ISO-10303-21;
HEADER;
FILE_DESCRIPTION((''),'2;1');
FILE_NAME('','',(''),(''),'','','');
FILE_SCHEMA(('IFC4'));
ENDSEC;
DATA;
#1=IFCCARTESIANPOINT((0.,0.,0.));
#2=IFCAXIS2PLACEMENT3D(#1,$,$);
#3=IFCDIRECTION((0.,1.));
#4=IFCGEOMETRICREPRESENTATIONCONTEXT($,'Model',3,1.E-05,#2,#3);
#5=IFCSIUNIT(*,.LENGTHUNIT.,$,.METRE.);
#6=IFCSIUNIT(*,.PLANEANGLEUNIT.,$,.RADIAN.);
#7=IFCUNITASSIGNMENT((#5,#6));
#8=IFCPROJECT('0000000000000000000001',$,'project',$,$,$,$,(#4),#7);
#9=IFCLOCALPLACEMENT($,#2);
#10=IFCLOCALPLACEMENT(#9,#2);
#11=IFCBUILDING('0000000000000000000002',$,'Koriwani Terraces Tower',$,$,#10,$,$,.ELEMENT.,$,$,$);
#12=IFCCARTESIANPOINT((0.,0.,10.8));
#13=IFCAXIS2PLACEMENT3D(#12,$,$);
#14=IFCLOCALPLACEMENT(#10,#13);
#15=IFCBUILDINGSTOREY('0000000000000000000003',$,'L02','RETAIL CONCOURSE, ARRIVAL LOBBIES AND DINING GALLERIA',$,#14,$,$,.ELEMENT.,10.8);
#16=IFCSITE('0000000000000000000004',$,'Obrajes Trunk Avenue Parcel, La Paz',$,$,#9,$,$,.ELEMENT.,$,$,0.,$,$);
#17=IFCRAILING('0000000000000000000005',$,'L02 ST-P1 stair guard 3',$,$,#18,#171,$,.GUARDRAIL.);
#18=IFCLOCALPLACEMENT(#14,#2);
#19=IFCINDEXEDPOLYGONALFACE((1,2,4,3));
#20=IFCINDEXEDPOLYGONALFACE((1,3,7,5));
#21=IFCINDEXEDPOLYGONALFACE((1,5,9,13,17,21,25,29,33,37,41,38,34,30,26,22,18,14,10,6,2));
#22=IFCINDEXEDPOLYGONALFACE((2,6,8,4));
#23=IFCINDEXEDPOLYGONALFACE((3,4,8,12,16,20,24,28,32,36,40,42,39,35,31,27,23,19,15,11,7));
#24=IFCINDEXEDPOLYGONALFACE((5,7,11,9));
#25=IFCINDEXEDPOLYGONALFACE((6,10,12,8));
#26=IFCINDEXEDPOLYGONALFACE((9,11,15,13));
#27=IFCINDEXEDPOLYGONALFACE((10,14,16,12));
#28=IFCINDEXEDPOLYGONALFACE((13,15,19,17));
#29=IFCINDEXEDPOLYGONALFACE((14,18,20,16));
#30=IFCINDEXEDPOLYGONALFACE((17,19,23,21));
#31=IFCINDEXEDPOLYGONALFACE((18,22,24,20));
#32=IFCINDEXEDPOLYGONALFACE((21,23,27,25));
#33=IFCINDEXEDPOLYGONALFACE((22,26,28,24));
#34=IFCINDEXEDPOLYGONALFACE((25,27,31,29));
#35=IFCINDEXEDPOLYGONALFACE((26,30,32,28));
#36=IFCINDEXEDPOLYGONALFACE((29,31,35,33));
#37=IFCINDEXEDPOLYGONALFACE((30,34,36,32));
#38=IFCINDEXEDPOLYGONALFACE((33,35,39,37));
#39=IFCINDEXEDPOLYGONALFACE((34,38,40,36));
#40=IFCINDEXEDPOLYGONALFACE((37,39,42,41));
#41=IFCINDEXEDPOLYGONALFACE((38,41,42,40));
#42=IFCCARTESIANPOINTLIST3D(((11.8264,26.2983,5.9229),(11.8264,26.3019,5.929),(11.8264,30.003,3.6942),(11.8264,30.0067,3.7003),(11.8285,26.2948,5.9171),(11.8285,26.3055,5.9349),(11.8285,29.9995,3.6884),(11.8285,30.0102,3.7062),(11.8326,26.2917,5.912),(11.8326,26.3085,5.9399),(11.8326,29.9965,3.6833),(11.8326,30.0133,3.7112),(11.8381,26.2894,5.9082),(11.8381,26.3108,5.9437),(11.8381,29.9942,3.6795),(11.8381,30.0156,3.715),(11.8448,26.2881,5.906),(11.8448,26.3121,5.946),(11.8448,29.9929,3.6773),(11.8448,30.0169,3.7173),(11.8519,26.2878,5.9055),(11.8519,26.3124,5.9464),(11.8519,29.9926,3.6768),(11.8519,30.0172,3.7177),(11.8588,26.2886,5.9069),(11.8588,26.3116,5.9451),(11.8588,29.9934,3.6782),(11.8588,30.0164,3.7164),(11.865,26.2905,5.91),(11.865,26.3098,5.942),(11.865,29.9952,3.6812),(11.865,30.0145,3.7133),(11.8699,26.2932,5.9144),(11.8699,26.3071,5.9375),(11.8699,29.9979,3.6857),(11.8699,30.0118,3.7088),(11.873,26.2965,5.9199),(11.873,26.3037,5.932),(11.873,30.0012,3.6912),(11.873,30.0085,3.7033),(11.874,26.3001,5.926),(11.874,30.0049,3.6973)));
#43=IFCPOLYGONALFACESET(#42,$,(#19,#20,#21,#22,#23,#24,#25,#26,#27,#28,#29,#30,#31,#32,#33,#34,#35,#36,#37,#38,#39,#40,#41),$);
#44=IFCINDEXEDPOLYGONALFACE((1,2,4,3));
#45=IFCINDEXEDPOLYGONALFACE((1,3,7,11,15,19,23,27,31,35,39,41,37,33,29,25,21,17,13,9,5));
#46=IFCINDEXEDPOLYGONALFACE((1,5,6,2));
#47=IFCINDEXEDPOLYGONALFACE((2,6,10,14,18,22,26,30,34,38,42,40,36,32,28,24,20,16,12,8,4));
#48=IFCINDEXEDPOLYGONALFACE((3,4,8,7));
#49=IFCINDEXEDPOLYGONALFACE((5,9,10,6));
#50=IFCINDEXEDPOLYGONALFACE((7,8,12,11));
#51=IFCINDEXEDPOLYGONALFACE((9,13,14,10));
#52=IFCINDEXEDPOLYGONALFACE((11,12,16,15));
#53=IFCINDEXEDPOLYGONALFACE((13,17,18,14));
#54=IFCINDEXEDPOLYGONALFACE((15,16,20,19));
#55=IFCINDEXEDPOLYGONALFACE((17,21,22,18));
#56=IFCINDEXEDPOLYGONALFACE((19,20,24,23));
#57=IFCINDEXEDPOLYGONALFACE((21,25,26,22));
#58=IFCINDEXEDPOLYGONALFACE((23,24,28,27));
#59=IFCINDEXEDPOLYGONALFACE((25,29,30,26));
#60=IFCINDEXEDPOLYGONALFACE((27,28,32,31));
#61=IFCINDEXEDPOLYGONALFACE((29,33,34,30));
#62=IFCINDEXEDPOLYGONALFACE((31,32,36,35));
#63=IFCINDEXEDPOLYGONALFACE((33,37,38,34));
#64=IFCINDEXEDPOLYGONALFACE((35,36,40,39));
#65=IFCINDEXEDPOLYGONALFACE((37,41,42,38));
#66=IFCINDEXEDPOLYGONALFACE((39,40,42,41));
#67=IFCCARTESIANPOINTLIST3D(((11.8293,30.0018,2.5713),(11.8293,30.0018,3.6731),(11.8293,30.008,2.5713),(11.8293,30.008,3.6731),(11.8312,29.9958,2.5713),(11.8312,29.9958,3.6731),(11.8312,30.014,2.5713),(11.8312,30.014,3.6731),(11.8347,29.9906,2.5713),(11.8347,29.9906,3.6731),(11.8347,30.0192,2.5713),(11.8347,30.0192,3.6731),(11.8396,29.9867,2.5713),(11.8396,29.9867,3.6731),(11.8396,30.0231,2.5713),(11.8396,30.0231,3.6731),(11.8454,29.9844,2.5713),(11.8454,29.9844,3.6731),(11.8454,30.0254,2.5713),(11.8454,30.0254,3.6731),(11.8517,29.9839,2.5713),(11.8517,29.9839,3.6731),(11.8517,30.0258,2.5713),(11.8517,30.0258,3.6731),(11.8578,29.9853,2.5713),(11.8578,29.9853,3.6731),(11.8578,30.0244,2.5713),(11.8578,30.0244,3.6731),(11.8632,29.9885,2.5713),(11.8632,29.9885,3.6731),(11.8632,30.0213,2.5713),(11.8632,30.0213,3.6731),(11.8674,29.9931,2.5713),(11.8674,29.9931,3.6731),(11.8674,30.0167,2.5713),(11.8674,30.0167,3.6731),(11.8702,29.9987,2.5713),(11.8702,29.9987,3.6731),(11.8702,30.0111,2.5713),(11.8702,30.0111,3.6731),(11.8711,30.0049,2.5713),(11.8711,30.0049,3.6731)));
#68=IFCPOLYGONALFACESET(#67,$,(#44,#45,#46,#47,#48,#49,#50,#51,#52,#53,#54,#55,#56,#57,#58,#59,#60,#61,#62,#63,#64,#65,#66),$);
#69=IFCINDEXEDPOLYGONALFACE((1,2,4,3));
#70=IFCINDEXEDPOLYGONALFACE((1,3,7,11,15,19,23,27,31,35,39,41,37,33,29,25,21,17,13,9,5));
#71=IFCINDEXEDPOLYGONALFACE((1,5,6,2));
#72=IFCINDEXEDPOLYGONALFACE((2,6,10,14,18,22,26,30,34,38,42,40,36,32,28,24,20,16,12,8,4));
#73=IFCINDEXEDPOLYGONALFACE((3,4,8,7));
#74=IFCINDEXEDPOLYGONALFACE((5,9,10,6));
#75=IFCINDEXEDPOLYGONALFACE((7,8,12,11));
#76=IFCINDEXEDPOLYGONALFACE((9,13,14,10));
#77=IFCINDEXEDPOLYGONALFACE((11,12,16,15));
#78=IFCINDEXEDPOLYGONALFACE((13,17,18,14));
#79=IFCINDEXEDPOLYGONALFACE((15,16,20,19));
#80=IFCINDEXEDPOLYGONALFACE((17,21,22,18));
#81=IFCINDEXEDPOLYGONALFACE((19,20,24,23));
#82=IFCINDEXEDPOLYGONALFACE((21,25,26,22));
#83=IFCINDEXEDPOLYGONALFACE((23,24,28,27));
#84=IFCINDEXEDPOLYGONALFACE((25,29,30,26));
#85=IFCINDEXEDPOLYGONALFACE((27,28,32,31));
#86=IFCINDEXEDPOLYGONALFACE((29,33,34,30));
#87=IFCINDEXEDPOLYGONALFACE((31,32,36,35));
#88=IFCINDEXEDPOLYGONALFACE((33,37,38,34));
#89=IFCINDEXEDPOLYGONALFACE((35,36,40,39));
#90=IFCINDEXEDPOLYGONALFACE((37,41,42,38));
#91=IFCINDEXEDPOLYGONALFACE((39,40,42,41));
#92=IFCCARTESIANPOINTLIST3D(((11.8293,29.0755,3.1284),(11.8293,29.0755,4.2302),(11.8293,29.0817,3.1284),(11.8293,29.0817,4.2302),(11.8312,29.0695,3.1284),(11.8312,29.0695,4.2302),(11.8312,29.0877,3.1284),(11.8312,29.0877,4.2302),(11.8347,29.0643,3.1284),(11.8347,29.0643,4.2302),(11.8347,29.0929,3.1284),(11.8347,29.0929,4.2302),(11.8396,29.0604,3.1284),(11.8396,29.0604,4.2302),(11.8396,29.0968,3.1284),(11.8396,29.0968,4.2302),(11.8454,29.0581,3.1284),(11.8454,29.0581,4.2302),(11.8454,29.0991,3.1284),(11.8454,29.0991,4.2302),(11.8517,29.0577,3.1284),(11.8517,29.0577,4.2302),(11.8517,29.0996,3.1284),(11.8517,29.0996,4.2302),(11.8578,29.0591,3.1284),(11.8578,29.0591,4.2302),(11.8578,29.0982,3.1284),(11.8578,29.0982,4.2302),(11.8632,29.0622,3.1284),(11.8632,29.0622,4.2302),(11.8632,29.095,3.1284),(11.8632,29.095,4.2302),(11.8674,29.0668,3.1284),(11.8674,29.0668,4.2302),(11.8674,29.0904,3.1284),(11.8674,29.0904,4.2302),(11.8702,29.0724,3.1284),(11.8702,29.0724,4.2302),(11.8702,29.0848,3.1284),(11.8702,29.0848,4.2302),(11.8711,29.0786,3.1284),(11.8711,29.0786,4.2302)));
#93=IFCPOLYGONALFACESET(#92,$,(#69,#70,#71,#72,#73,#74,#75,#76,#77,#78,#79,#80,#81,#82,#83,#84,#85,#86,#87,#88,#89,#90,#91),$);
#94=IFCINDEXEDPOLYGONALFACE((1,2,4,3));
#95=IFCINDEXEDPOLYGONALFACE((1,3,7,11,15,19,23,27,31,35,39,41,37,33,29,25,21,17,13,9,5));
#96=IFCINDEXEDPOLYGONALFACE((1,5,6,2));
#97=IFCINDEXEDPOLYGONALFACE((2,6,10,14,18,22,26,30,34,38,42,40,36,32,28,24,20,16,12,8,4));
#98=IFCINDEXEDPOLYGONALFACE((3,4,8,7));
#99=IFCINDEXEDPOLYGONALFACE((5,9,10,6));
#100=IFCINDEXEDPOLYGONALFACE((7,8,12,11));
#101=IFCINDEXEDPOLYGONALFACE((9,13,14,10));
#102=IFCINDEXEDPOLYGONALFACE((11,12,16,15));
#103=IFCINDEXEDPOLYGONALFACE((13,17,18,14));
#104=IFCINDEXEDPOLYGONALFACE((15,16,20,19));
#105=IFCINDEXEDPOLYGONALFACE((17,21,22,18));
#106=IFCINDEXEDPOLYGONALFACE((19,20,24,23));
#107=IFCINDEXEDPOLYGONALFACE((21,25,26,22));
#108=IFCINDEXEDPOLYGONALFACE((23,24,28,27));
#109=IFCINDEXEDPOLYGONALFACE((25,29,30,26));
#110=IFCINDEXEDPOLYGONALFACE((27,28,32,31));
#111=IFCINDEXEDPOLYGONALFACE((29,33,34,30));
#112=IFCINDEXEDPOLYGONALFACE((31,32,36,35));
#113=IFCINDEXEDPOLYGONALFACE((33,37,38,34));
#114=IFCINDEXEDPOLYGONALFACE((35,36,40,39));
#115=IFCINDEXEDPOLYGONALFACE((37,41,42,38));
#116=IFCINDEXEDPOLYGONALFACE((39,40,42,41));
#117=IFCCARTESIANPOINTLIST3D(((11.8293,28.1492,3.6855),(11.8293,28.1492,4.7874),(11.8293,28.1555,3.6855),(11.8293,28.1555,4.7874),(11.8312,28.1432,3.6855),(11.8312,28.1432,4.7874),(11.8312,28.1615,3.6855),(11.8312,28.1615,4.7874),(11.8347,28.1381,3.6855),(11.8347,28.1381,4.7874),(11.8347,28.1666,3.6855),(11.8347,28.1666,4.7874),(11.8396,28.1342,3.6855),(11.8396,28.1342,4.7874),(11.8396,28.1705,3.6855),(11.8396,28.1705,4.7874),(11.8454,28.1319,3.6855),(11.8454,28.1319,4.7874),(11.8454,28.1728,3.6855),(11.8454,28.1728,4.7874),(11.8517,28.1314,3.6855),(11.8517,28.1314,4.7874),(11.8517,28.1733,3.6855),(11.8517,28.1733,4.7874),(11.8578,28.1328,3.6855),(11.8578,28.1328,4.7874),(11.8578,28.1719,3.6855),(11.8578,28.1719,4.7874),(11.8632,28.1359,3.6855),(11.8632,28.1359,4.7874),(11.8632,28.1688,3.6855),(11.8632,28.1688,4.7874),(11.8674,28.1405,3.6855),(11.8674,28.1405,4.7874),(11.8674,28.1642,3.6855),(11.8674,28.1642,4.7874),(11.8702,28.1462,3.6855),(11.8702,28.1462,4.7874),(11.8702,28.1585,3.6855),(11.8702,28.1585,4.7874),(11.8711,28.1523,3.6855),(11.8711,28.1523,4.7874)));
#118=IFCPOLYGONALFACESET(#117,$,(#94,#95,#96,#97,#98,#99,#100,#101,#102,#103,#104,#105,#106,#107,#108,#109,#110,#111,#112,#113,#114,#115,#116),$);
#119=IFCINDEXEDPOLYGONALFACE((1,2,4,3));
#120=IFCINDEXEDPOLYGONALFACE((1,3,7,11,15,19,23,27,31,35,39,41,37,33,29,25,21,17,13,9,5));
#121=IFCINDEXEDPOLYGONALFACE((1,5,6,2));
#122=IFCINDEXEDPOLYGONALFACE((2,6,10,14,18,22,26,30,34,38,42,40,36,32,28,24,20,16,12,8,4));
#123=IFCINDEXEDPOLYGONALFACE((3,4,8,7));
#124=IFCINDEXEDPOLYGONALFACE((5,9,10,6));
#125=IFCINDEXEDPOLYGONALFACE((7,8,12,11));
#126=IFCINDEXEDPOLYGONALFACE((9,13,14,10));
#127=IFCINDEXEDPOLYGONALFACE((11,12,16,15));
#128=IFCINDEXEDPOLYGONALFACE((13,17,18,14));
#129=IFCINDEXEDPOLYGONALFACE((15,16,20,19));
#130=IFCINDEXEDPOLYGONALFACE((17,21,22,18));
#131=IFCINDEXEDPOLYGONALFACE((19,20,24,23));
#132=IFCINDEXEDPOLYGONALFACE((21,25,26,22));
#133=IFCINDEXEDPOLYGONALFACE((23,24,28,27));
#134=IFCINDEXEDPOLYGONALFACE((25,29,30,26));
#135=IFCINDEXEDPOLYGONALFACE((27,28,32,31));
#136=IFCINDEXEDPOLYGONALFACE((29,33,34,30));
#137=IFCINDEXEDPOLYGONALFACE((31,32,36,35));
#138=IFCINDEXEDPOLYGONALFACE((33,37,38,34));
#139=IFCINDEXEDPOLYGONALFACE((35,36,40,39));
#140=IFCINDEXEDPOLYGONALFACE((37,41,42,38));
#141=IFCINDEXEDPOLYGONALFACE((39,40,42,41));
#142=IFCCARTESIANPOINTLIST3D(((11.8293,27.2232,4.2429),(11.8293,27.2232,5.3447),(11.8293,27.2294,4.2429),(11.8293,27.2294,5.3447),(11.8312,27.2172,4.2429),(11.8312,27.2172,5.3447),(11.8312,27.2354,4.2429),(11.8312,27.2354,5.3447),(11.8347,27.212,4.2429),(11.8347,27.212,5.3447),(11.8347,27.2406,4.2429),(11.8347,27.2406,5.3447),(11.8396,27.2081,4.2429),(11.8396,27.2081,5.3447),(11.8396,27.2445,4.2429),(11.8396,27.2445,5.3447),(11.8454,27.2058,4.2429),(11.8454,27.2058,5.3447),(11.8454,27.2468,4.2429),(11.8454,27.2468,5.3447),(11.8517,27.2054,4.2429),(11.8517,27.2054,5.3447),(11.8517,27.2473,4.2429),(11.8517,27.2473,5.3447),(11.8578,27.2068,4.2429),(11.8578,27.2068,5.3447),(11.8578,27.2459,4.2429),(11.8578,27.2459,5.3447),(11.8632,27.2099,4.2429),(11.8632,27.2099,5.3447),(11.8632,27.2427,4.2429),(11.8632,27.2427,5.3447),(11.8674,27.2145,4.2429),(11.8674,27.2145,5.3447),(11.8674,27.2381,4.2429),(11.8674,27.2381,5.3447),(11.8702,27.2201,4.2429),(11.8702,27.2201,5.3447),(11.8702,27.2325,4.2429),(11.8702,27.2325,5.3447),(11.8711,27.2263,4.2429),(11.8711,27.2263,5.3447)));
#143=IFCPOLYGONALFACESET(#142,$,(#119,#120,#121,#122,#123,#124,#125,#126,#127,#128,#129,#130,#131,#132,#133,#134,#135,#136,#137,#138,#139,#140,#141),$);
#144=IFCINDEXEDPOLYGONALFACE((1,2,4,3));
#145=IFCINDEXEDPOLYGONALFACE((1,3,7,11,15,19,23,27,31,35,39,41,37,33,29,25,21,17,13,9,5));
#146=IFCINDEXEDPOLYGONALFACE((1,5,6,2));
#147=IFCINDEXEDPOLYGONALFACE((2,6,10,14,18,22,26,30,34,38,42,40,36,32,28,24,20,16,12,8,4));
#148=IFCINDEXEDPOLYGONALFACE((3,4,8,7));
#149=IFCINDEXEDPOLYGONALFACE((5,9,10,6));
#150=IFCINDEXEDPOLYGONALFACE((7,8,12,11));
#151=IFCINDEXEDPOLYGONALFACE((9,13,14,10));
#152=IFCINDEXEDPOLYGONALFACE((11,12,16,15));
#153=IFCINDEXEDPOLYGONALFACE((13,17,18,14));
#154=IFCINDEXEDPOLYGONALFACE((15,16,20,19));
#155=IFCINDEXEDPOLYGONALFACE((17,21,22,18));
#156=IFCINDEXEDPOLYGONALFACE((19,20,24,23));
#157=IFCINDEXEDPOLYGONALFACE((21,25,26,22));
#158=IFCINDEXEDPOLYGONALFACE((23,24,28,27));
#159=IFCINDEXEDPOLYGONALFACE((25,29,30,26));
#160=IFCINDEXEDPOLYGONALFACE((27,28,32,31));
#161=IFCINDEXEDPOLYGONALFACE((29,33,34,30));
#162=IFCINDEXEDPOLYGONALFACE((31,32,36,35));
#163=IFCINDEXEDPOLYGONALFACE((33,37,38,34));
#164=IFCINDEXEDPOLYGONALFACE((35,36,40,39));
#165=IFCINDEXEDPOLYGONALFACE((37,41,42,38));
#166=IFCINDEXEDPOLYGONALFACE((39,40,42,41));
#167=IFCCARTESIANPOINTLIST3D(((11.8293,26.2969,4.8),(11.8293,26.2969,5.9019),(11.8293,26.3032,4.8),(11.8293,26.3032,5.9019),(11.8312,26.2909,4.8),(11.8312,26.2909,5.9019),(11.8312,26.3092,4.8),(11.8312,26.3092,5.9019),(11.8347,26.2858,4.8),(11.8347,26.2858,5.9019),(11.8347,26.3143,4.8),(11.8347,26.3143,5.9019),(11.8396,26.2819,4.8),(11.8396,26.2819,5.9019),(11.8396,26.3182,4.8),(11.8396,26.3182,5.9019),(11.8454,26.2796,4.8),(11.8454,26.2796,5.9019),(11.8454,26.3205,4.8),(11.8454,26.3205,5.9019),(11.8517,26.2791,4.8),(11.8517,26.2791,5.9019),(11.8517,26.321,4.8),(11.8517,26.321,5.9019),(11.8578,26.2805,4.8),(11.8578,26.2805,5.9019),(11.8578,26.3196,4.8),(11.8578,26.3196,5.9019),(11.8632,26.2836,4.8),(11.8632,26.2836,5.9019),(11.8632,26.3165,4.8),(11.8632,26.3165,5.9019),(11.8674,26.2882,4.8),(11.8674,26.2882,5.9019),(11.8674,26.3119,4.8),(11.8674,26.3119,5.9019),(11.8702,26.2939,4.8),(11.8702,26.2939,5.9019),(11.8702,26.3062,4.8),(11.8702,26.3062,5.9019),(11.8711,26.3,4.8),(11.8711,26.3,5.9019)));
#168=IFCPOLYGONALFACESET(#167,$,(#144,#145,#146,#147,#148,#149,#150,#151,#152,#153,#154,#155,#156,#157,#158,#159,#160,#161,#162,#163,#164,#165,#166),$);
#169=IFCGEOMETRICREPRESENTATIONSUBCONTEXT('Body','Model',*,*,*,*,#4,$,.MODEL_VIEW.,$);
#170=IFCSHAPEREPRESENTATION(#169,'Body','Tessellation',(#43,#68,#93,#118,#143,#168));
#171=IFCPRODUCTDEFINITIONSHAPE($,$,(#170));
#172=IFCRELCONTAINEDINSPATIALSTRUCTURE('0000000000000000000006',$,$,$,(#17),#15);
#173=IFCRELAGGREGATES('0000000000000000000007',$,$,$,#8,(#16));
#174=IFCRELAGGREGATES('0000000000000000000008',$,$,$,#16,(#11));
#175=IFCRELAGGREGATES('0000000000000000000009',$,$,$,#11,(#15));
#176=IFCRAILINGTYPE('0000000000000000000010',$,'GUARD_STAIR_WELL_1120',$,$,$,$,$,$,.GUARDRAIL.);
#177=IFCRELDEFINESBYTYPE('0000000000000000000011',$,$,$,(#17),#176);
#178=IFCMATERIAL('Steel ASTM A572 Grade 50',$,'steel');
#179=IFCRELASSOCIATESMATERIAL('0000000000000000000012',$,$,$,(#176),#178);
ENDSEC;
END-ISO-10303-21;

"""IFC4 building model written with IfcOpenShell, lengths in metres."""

from ifc_helpers import new_model, si_unit, direction, frame, origin, origin_2d, place, context, subcontext, project, spatial, circle, extrude, material, type_object, element, save


model = new_model("IFC4")

# Units and contexts
model_context = context("Model", 3, precision=1e-05, world=origin(), true_north=direction((0.0, 1.0)))
body_context = subcontext(model_context, "Body", "Model", "MODEL_VIEW")
ifc_project = project(units=[si_unit("LENGTHUNIT", "METRE"), si_unit("PLANEANGLEUNIT", "RADIAN")], contexts=[model_context])

# Site, building, storey
site_placement = place(None, origin())
site = spatial("IfcSite", under=ifc_project, at=site_placement, Name="Obrajes Trunk Avenue Parcel, La Paz", CompositionType="ELEMENT", RefElevation=0.0)
building_placement = place(site_placement, origin())
building = spatial("IfcBuilding", under=site, at=building_placement, Name="Koriwani Terraces Tower", CompositionType="ELEMENT")
storey_placement = place(building_placement, frame((0.0, 0.0, 10.8)))
storey = spatial("IfcBuildingStorey", under=building, at=storey_placement, Name="L02", Description="RETAIL CONCOURSE, ARRIVAL LOBBIES AND DINING GALLERIA", CompositionType="ELEMENT", Elevation=10.8)

# Shared definitions
ifc_material_1 = material(Name="Steel ASTM A572 Grade 50", Category="steel")

# Railing
railing_type_1 = type_object("IfcRailingType", Name="GUARD_STAIR_WELL_1120", PredefinedType="GUARDRAIL", material=ifc_material_1)
railing_1_placement = place(storey_placement, frame((11.8501, 30.0049, 2.5713)))
element("IfcRailing", 1, at=railing_1_placement, inside=storey, type_object=railing_type_1, Name="L02 ST-P1 stair guard 3", PredefinedType="GUARDRAIL", context=body_context, shape_type="SweptSolid", body=[
    extrude(circle(Radius=0.0239, at=origin_2d()), frame((0.0, 0.0, 1.126), z_axis=(0.0, -0.856894, 0.515492), x_axis=(1.0, 0.0, 0.0)), (0.0, 0.0, 1.0), 4.3235),
    extrude(circle(Radius=0.021, at=origin_2d()), origin(), (0.0, 0.0, 1.0), 1.1018),
    extrude(circle(Radius=0.021, at=origin_2d()), frame((0.0, -0.9263, 0.5571)), (0.0, 0.0, 1.0), 1.1018),
    extrude(circle(Radius=0.021, at=origin_2d()), frame((0.0, -1.8525, 1.1143)), (0.0, 0.0, 1.0), 1.1018),
    extrude(circle(Radius=0.021, at=origin_2d()), frame((0.0, -2.7786, 1.6716)), (0.0, 0.0, 1.0), 1.1018),
    extrude(circle(Radius=0.021, at=origin_2d()), frame((0.0, -3.7048, 2.2288)), (0.0, 0.0, 1.0), 1.1018),
])

save(model, "model.ifc")
